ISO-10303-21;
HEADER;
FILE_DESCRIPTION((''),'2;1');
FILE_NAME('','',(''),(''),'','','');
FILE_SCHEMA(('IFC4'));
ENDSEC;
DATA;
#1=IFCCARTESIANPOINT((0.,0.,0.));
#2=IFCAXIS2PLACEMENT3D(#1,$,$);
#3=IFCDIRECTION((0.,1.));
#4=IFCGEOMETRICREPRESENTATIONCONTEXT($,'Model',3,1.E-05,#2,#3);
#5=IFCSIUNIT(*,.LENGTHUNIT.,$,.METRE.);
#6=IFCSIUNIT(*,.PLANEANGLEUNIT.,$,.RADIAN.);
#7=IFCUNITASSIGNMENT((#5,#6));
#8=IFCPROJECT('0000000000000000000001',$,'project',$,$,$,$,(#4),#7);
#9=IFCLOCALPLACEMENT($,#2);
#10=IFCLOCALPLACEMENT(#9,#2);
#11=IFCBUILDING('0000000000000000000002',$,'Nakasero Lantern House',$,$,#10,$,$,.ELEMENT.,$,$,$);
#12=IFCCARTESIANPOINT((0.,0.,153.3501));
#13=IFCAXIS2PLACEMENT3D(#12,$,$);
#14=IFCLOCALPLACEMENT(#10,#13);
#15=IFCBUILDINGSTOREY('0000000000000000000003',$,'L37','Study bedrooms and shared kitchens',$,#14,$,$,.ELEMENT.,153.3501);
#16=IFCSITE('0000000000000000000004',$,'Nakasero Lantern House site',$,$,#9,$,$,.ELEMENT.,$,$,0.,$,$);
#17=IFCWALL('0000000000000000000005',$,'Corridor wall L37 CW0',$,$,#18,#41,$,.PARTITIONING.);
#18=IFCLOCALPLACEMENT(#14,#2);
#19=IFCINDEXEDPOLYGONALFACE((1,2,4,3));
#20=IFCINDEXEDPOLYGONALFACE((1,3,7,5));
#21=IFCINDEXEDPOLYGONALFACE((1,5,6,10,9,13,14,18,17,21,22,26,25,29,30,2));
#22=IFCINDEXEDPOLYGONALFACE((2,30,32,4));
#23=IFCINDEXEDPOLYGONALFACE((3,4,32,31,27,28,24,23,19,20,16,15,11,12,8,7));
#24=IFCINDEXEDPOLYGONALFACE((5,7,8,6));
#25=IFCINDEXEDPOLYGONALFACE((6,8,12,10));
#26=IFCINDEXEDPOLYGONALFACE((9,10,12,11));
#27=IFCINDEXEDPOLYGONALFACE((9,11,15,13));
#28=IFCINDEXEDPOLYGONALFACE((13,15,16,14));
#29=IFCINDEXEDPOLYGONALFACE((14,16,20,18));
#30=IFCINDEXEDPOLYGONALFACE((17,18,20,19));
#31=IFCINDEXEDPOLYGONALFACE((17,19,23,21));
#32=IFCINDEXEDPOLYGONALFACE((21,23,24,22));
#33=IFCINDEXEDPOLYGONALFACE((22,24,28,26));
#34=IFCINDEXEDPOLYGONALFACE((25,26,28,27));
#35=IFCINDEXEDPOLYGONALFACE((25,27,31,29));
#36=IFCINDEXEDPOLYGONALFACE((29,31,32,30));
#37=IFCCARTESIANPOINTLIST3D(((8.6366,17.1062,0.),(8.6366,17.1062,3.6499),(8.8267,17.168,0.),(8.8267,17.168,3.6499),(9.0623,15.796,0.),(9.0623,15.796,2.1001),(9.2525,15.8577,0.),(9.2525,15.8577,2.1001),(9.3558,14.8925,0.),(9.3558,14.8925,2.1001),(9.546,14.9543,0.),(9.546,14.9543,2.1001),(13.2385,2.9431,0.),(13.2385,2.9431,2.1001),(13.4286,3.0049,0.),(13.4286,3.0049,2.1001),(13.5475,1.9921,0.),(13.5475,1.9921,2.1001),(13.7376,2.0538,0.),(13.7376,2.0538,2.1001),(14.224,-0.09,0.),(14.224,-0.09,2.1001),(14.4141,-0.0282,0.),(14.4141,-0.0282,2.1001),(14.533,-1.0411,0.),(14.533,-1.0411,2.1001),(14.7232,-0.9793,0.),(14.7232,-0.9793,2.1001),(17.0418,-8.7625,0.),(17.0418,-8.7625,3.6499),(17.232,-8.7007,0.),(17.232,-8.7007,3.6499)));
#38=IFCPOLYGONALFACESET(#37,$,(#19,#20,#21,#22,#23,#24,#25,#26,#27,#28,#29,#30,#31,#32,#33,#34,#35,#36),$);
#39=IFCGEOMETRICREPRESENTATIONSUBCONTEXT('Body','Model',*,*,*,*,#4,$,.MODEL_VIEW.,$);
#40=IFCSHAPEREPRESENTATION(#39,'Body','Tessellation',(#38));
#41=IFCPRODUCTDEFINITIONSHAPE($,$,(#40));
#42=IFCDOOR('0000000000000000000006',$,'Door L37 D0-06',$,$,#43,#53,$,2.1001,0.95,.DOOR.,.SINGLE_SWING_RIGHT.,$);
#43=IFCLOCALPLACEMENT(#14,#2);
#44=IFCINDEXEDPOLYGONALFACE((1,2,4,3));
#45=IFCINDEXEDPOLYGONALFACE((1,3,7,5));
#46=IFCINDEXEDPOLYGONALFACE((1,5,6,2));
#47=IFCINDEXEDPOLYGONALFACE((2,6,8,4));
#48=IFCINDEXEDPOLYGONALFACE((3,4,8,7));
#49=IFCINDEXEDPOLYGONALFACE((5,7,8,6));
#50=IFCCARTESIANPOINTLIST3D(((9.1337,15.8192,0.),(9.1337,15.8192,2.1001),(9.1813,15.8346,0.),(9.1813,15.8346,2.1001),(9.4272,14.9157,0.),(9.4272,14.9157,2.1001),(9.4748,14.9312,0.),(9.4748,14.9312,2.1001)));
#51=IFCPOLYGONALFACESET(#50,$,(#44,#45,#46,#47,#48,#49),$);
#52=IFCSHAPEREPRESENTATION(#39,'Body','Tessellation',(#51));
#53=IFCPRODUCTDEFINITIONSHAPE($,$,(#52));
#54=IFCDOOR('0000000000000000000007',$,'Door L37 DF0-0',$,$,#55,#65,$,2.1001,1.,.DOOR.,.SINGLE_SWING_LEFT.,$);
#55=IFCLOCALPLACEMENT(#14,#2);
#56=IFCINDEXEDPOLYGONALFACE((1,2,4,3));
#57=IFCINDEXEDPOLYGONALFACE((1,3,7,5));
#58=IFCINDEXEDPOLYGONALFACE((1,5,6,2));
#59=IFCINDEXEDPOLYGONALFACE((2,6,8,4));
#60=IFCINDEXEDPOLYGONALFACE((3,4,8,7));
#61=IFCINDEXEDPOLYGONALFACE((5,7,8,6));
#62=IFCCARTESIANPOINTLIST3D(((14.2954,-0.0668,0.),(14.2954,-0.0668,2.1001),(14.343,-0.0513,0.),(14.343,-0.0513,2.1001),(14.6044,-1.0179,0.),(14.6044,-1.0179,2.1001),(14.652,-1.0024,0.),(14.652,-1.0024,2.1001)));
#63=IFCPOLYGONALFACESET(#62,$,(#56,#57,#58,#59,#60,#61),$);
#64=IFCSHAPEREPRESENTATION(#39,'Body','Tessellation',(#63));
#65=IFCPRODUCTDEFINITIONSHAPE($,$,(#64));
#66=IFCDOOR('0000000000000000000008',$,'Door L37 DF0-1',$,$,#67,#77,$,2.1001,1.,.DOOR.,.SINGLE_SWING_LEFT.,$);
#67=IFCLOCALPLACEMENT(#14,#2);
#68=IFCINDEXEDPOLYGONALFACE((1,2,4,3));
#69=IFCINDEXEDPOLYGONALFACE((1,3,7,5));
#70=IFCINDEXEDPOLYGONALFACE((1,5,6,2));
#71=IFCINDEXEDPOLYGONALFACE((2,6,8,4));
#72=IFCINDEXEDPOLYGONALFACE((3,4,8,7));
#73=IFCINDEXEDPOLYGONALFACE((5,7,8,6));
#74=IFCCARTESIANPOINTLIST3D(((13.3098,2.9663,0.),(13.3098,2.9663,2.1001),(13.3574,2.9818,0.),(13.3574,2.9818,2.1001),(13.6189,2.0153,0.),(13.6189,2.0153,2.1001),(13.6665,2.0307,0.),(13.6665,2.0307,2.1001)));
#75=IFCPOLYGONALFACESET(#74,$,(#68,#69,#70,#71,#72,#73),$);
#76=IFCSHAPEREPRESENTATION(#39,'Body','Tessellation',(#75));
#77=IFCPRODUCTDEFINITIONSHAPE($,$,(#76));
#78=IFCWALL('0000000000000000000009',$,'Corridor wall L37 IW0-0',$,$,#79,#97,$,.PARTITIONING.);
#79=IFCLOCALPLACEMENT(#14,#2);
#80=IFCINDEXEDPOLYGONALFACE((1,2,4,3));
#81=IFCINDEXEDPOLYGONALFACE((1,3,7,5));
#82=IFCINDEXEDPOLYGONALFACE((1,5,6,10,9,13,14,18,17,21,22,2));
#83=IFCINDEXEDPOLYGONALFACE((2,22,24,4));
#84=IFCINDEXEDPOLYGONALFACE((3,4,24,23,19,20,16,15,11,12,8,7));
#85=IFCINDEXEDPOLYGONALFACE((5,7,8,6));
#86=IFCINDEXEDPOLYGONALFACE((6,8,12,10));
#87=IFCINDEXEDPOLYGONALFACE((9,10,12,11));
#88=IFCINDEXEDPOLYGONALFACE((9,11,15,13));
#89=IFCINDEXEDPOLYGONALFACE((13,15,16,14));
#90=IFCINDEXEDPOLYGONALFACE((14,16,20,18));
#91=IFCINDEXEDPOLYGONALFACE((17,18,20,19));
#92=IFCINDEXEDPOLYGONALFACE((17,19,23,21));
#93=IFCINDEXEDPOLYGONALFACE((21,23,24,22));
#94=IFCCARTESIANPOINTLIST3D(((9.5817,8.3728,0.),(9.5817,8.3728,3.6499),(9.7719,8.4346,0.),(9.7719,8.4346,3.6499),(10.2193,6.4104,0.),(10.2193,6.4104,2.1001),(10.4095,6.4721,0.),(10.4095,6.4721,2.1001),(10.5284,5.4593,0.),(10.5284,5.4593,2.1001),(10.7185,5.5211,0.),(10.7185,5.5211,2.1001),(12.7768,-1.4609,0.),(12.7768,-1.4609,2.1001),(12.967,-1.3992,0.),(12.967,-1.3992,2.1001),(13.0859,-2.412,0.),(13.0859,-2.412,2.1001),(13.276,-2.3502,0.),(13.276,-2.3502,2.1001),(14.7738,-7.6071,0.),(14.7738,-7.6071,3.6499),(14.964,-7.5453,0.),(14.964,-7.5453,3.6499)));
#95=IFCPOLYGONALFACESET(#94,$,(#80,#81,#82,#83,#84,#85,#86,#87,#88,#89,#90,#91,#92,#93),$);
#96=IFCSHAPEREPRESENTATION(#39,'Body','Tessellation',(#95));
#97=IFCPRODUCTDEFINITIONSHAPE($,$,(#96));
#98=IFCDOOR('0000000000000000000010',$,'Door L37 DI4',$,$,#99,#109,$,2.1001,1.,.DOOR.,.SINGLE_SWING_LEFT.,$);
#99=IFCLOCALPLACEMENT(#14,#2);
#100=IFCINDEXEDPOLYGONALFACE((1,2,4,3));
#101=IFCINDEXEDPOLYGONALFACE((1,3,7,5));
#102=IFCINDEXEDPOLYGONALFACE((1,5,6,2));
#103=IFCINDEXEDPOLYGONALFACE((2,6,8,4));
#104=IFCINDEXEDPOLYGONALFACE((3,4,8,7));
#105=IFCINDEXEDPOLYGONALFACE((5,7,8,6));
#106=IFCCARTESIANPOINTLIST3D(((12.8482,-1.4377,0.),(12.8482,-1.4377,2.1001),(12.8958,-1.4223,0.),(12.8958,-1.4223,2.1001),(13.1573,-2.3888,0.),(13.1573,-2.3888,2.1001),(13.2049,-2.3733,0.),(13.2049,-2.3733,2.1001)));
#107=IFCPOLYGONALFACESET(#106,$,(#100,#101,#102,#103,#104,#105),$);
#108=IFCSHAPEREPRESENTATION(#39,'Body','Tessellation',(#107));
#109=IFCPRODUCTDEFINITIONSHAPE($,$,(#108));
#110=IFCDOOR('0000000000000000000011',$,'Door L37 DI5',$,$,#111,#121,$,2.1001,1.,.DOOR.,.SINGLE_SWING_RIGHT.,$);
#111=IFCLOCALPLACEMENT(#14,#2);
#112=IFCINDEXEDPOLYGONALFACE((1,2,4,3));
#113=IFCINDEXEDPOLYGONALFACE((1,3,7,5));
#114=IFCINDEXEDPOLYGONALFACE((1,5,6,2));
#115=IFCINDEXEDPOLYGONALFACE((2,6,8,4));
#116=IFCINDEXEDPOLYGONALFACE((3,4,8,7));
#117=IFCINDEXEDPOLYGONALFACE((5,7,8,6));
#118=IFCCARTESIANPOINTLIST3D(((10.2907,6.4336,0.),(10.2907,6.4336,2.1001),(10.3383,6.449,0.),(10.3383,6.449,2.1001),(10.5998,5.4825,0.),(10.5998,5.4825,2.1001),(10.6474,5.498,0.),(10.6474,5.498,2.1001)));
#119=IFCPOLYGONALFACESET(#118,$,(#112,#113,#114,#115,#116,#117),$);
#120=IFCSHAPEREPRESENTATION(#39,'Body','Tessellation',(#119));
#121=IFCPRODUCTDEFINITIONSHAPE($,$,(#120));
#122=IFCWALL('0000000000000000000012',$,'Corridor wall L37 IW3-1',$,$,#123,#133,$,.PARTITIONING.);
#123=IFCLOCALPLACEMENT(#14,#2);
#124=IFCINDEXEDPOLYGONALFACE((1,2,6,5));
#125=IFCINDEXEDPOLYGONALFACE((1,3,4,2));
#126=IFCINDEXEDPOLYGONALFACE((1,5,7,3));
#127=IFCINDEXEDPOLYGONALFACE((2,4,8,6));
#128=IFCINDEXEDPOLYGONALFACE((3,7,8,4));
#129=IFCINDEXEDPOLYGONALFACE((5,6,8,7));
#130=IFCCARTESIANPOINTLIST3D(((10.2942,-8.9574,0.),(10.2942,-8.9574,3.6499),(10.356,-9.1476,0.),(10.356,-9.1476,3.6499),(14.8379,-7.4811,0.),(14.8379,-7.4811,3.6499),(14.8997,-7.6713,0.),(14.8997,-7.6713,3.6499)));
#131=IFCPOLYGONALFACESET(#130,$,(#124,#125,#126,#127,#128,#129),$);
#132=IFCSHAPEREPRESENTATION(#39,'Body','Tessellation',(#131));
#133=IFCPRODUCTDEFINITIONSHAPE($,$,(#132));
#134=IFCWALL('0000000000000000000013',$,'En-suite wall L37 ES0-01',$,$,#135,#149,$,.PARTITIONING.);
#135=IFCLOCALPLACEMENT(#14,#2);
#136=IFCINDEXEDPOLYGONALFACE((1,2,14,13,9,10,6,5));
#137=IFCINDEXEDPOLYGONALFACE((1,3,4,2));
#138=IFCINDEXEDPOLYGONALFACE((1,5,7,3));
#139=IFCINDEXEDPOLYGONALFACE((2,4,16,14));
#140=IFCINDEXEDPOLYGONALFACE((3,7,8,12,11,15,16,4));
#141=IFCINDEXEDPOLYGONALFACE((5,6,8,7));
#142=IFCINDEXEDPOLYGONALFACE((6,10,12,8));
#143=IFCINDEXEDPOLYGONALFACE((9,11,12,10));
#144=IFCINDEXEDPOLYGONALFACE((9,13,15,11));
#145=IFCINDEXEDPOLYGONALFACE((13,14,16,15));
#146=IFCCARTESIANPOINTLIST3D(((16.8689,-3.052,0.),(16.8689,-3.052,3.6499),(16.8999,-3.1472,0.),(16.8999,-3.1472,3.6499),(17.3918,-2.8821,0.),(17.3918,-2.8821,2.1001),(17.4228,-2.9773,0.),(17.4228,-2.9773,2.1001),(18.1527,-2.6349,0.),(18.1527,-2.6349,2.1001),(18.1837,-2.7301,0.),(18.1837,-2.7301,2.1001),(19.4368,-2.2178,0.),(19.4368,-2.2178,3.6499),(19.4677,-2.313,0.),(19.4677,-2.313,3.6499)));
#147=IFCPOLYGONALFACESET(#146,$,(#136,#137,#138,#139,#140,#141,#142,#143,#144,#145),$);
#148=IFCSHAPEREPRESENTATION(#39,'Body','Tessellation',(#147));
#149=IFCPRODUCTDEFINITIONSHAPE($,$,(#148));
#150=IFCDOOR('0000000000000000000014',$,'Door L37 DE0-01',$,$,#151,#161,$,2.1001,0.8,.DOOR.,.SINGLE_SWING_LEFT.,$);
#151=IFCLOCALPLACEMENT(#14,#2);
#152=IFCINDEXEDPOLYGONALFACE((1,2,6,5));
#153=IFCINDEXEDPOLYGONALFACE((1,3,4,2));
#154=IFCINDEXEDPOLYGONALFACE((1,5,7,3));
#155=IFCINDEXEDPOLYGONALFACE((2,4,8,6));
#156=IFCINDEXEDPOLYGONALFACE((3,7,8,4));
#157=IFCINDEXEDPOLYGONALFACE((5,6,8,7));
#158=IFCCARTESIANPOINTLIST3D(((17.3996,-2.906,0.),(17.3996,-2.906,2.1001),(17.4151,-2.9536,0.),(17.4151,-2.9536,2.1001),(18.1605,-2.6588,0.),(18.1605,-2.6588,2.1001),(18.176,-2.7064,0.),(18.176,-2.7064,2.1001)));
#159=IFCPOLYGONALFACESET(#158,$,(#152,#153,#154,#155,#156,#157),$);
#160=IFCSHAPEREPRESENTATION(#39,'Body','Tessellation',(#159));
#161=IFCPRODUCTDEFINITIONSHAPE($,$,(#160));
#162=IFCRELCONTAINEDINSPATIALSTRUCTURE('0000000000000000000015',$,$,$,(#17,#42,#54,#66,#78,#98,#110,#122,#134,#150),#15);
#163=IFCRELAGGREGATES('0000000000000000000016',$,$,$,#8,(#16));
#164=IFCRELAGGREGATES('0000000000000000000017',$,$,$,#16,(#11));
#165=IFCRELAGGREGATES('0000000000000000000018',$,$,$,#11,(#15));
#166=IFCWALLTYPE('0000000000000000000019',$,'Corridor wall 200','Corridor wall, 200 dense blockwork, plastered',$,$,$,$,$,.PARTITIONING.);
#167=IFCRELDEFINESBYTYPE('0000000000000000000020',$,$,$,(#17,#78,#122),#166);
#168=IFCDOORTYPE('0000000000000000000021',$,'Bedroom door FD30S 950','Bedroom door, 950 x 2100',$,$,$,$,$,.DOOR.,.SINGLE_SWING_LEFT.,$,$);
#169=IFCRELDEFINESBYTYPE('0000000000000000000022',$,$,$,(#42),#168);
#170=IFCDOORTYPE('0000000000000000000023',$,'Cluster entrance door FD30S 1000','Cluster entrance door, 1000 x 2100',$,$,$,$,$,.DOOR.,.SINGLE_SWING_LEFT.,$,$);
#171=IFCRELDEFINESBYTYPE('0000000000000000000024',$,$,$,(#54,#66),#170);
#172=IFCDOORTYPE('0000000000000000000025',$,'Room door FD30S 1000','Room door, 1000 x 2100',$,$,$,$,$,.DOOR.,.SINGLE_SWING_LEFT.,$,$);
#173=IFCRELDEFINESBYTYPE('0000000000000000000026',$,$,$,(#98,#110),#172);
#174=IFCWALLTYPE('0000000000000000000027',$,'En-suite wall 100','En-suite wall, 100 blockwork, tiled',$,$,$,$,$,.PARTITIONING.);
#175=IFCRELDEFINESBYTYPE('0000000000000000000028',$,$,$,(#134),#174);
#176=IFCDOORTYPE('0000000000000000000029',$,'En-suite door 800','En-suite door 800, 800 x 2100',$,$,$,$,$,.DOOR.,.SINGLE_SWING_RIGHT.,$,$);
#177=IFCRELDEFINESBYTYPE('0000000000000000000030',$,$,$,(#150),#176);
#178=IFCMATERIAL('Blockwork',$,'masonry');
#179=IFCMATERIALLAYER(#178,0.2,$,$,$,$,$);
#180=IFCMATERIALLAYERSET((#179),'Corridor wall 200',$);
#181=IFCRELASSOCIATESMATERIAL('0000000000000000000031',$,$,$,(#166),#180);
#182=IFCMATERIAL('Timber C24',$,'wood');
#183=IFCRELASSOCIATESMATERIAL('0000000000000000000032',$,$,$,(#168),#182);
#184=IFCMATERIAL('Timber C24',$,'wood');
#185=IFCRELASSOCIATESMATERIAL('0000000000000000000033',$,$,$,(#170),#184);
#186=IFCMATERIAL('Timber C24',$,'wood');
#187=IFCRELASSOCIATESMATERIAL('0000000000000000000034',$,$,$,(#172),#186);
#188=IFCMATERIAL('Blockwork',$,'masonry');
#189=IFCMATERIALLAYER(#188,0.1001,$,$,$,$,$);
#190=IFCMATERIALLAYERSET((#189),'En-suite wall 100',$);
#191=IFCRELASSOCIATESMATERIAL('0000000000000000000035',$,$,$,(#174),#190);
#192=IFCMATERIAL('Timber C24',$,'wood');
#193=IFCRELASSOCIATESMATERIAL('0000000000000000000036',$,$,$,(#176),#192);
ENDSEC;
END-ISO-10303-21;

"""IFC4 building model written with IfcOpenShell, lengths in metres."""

from ifc_helpers import new_model, si_unit, direction, frame, frame_2d, origin, place, context, subcontext, project, spatial, rectangle, extrude, material, layer, layer_set, type_object, element, fill, save


model = new_model("IFC4")

# Units and contexts
model_context = context("Model", 3, precision=1e-05, world=origin(), true_north=direction((0.0, 1.0)))
body_context = subcontext(model_context, "Body", "Model", "MODEL_VIEW")
ifc_project = project(units=[si_unit("LENGTHUNIT", "METRE"), si_unit("PLANEANGLEUNIT", "RADIAN")], contexts=[model_context])

# Site, building, storey
site_placement = place(None, origin())
site = spatial("IfcSite", under=ifc_project, at=site_placement, Name="Nakasero Lantern House site", CompositionType="ELEMENT", RefElevation=0.0)
building_placement = place(site_placement, origin())
building = spatial("IfcBuilding", under=site, at=building_placement, Name="Nakasero Lantern House", CompositionType="ELEMENT")
storey_placement = place(building_placement, frame((0.0, 0.0, 153.3501)))
storey = spatial("IfcBuildingStorey", under=building, at=storey_placement, Name="L37", Description="Study bedrooms and shared kitchens", CompositionType="ELEMENT", Elevation=153.3501)

# Walls, openings, doors
ifc_material_1 = material(Name="Blockwork", Category="masonry")
ifc_layer_1 = layer(ifc_material_1, 0.2)
ifc_layer_set_1 = layer_set([ifc_layer_1], Name="Corridor wall 200")
wall_type_1 = type_object("IfcWallType", Name="Corridor wall 200", Description="Corridor wall, 200 dense blockwork, plastered", PredefinedType="PARTITIONING", material=ifc_layer_set_1)
wall_1_placement = place(storey_placement, frame((17.137, -8.7317, 0.0), z_axis=(0.0, 0.0, 1.0), x_axis=(-0.309018, 0.951056, 0.0)))
wall_1 = element("IfcWall", 1, at=wall_1_placement, inside=storey, type_object=wall_type_1, Name="Corridor wall L37 CW0", PredefinedType="PARTITIONING", context=body_context, shape_type="SweptSolid", body=[
    extrude(rectangle(XDim=27.2, YDim=0.2, at=frame_2d((13.6001, 0.0))), origin(), (0.0, 0.0, 1.0), 3.6499),
])
opening_1_placement = place(wall_1_placement, frame((8.1189, 0.0, 0.0)))
opening_1 = element("IfcOpeningElement", 2, at=opening_1_placement, cuts=wall_1, PredefinedType="OPENING", context=body_context, shape_type="SweptSolid", body=[
    extrude(rectangle(XDim=1.0, YDim=2.1001, at=frame_2d((0.5, 1.05))), frame((0.0, 0.1199, 0.0), z_axis=(0.0, -1.0, 0.0), x_axis=(1.0, 0.0, 0.0)), (0.0, 0.0, 1.0), 0.24),
])
opening_2_placement = place(wall_1_placement, frame((11.3081, 0.0, 0.0)))
opening_2 = element("IfcOpeningElement", 3, at=opening_2_placement, cuts=wall_1, PredefinedType="OPENING", context=body_context, shape_type="SweptSolid", body=[
    extrude(rectangle(XDim=1.0, YDim=2.1001, at=frame_2d((0.5, 1.05))), frame((0.0, 0.1199, 0.0), z_axis=(0.0, -1.0, 0.0), x_axis=(1.0, 0.0, 0.0)), (0.0, 0.0, 1.0), 0.24),
])
opening_3_placement = place(wall_1_placement, frame((24.8723, 0.0, 0.0)))
opening_3 = element("IfcOpeningElement", 4, at=opening_3_placement, cuts=wall_1, PredefinedType="OPENING", context=body_context, shape_type="SweptSolid", body=[
    extrude(rectangle(XDim=0.95, YDim=2.1001, at=frame_2d((0.4751, 1.05))), frame((0.0, 0.1199, 0.0), z_axis=(0.0, -1.0, 0.0), x_axis=(1.0, 0.0, 0.0)), (0.0, 0.0, 1.0), 0.24),
])
ifc_material_2 = material(Name="Timber C24", Category="wood")
door_type_1 = type_object("IfcDoorType", Name="Bedroom door FD30S 950", Description="Bedroom door, 950 x 2100", OperationType="SINGLE_SWING_LEFT", PredefinedType="DOOR", material=ifc_material_2)
door_1_placement = place(opening_3_placement, origin())
door_1 = element("IfcDoor", 5, at=door_1_placement, inside=storey, type_object=door_type_1, Name="Door L37 D0-06", OperationType="SINGLE_SWING_RIGHT", OverallHeight=2.1001, OverallWidth=0.95, PredefinedType="DOOR", context=body_context, shape_type="SweptSolid", body=[
    extrude(rectangle(XDim=0.95, YDim=2.1001, at=frame_2d((0.4751, 1.05))), frame((0.0, 0.0249, 0.0), z_axis=(0.0, -1.0, 0.0), x_axis=(1.0, 0.0, 0.0)), (0.0, 0.0, 1.0), 0.05),
])
fill(opening_3, door_1)
ifc_material_3 = material(Name="Timber C24", Category="wood")
door_type_2 = type_object("IfcDoorType", Name="Cluster entrance door FD30S 1000", Description="Cluster entrance door, 1000 x 2100", OperationType="SINGLE_SWING_LEFT", PredefinedType="DOOR", material=ifc_material_3)
door_2_placement = place(opening_1_placement, origin())
door_2 = element("IfcDoor", 6, at=door_2_placement, inside=storey, type_object=door_type_2, Name="Door L37 DF0-0", OperationType="SINGLE_SWING_LEFT", OverallHeight=2.1001, OverallWidth=1.0, PredefinedType="DOOR", context=body_context, shape_type="SweptSolid", body=[
    extrude(rectangle(XDim=1.0, YDim=2.1001, at=frame_2d((0.5, 1.05))), frame((0.0, 0.0249, 0.0), z_axis=(0.0, -1.0, 0.0), x_axis=(1.0, 0.0, 0.0)), (0.0, 0.0, 1.0), 0.05),
])
fill(opening_1, door_2)
door_3_placement = place(opening_2_placement, origin())
door_3 = element("IfcDoor", 7, at=door_3_placement, inside=storey, type_object=door_type_2, Name="Door L37 DF0-1", OperationType="SINGLE_SWING_LEFT", OverallHeight=2.1001, OverallWidth=1.0, PredefinedType="DOOR", context=body_context, shape_type="SweptSolid", body=[
    extrude(rectangle(XDim=1.0, YDim=2.1001, at=frame_2d((0.5, 1.05))), frame((0.0, 0.0249, 0.0), z_axis=(0.0, -1.0, 0.0), x_axis=(1.0, 0.0, 0.0)), (0.0, 0.0, 1.0), 0.05),
])
fill(opening_2, door_3)
wall_2_placement = place(storey_placement, frame((14.8689, -7.5762, 0.0), z_axis=(0.0, 0.0, 1.0), x_axis=(-0.309013, 0.951058, 0.0)))
wall_2 = element("IfcWall", 8, at=wall_2_placement, inside=storey, type_object=wall_type_1, Name="Corridor wall L37 IW0-0", PredefinedType="PARTITIONING", context=body_context, shape_type="SweptSolid", body=[
    extrude(rectangle(XDim=16.8022, YDim=0.2, at=frame_2d((8.4011, 0.0))), origin(), (0.0, 0.0, 1.0), 3.6499),
])
opening_4_placement = place(wall_2_placement, frame((5.4624, 0.0, 0.0)))
opening_4 = element("IfcOpeningElement", 9, at=opening_4_placement, cuts=wall_2, PredefinedType="OPENING", context=body_context, shape_type="SweptSolid", body=[
    extrude(rectangle(XDim=1.0, YDim=2.1001, at=frame_2d((0.5, 1.05))), frame((0.0, 0.1199, 0.0), z_axis=(0.0, -1.0, 0.0), x_axis=(1.0, 0.0, 0.0)), (0.0, 0.0, 1.0), 0.24),
])
opening_5_placement = place(wall_2_placement, frame((13.7388, 0.0, 0.0)))
opening_5 = element("IfcOpeningElement", 10, at=opening_5_placement, cuts=wall_2, PredefinedType="OPENING", context=body_context, shape_type="SweptSolid", body=[
    extrude(rectangle(XDim=1.0, YDim=2.1001, at=frame_2d((0.5, 1.05))), frame((0.0, 0.1199, 0.0), z_axis=(0.0, -1.0, 0.0), x_axis=(1.0, 0.0, 0.0)), (0.0, 0.0, 1.0), 0.24),
])
ifc_material_4 = material(Name="Timber C24", Category="wood")
door_type_3 = type_object("IfcDoorType", Name="Room door FD30S 1000", Description="Room door, 1000 x 2100", OperationType="SINGLE_SWING_LEFT", PredefinedType="DOOR", material=ifc_material_4)
door_4_placement = place(opening_4_placement, origin())
door_4 = element("IfcDoor", 11, at=door_4_placement, inside=storey, type_object=door_type_3, Name="Door L37 DI4", OperationType="SINGLE_SWING_LEFT", OverallHeight=2.1001, OverallWidth=1.0, PredefinedType="DOOR", context=body_context, shape_type="SweptSolid", body=[
    extrude(rectangle(XDim=1.0, YDim=2.1001, at=frame_2d((0.5, 1.05))), frame((0.0, 0.0249, 0.0), z_axis=(0.0, -1.0, 0.0), x_axis=(1.0, 0.0, 0.0)), (0.0, 0.0, 1.0), 0.05),
])
fill(opening_4, door_4)
door_5_placement = place(opening_5_placement, origin())
door_5 = element("IfcDoor", 12, at=door_5_placement, inside=storey, type_object=door_type_3, Name="Door L37 DI5", OperationType="SINGLE_SWING_RIGHT", OverallHeight=2.1001, OverallWidth=1.0, PredefinedType="DOOR", context=body_context, shape_type="SweptSolid", body=[
    extrude(rectangle(XDim=1.0, YDim=2.1001, at=frame_2d((0.5, 1.05))), frame((0.0, 0.0249, 0.0), z_axis=(0.0, -1.0, 0.0), x_axis=(1.0, 0.0, 0.0)), (0.0, 0.0, 1.0), 0.05),
])
fill(opening_5, door_5)

# Wall
wall_3_placement = place(storey_placement, frame((10.3252, -9.0525, 0.0), z_axis=(0.0, 0.0, 1.0), x_axis=(0.951058, 0.309013, 0.0)))
element("IfcWall", 13, at=wall_3_placement, inside=storey, type_object=wall_type_1, Name="Corridor wall L37 IW3-1", PredefinedType="PARTITIONING", context=body_context, shape_type="SweptSolid", body=[
    extrude(rectangle(XDim=4.7776, YDim=0.2, at=frame_2d((2.3887, 0.0))), origin(), (0.0, 0.0, 1.0), 3.6499),
])

# Wall, opening, door
ifc_material_5 = material(Name="Blockwork", Category="masonry")
ifc_layer_2 = layer(ifc_material_5, 0.1001)
ifc_layer_set_2 = layer_set([ifc_layer_2], Name="En-suite wall 100")
wall_type_2 = type_object("IfcWallType", Name="En-suite wall 100", Description="En-suite wall, 100 blockwork, tiled", PredefinedType="PARTITIONING", material=ifc_layer_set_2)
wall_4_placement = place(storey_placement, frame((16.8843, -3.0996, 0.0), z_axis=(0.0, 0.0, 1.0), x_axis=(0.95107, 0.308976, 0.0)))
wall_4 = element("IfcWall", 14, at=wall_4_placement, inside=storey, type_object=wall_type_2, Name="En-suite wall L37 ES0-01", PredefinedType="PARTITIONING", context=body_context, shape_type="SweptSolid", body=[
    extrude(rectangle(XDim=2.7, YDim=0.1001, at=frame_2d((1.3501, 0.0))), origin(), (0.0, 0.0, 1.0), 3.6499),
])
opening_6_placement = place(wall_4_placement, frame((0.55, 0.0, 0.0)))
opening_6 = element("IfcOpeningElement", 15, at=opening_6_placement, cuts=wall_4, PredefinedType="OPENING", context=body_context, shape_type="SweptSolid", body=[
    extrude(rectangle(XDim=0.8, YDim=2.1001, at=frame_2d((0.3999, 1.05))), frame((0.0, 0.0701, 0.0), z_axis=(0.0, -1.0, 0.0), x_axis=(1.0, 0.0, 0.0)), (0.0, 0.0, 1.0), 0.1401),
])
ifc_material_6 = material(Name="Timber C24", Category="wood")
door_type_4 = type_object("IfcDoorType", Name="En-suite door 800", Description="En-suite door 800, 800 x 2100", OperationType="SINGLE_SWING_RIGHT", PredefinedType="DOOR", material=ifc_material_6)
door_6_placement = place(opening_6_placement, origin())
door_6 = element("IfcDoor", 16, at=door_6_placement, inside=storey, type_object=door_type_4, Name="Door L37 DE0-01", OperationType="SINGLE_SWING_LEFT", OverallHeight=2.1001, OverallWidth=0.8, PredefinedType="DOOR", context=body_context, shape_type="SweptSolid", body=[
    extrude(rectangle(XDim=0.8, YDim=2.1001, at=frame_2d((0.3999, 1.05))), frame((0.0, 0.0249, 0.0), z_axis=(0.0, -1.0, 0.0), x_axis=(1.0, 0.0, 0.0)), (0.0, 0.0, 1.0), 0.05),
])
fill(opening_6, door_6)

save(model, "model.ifc")
